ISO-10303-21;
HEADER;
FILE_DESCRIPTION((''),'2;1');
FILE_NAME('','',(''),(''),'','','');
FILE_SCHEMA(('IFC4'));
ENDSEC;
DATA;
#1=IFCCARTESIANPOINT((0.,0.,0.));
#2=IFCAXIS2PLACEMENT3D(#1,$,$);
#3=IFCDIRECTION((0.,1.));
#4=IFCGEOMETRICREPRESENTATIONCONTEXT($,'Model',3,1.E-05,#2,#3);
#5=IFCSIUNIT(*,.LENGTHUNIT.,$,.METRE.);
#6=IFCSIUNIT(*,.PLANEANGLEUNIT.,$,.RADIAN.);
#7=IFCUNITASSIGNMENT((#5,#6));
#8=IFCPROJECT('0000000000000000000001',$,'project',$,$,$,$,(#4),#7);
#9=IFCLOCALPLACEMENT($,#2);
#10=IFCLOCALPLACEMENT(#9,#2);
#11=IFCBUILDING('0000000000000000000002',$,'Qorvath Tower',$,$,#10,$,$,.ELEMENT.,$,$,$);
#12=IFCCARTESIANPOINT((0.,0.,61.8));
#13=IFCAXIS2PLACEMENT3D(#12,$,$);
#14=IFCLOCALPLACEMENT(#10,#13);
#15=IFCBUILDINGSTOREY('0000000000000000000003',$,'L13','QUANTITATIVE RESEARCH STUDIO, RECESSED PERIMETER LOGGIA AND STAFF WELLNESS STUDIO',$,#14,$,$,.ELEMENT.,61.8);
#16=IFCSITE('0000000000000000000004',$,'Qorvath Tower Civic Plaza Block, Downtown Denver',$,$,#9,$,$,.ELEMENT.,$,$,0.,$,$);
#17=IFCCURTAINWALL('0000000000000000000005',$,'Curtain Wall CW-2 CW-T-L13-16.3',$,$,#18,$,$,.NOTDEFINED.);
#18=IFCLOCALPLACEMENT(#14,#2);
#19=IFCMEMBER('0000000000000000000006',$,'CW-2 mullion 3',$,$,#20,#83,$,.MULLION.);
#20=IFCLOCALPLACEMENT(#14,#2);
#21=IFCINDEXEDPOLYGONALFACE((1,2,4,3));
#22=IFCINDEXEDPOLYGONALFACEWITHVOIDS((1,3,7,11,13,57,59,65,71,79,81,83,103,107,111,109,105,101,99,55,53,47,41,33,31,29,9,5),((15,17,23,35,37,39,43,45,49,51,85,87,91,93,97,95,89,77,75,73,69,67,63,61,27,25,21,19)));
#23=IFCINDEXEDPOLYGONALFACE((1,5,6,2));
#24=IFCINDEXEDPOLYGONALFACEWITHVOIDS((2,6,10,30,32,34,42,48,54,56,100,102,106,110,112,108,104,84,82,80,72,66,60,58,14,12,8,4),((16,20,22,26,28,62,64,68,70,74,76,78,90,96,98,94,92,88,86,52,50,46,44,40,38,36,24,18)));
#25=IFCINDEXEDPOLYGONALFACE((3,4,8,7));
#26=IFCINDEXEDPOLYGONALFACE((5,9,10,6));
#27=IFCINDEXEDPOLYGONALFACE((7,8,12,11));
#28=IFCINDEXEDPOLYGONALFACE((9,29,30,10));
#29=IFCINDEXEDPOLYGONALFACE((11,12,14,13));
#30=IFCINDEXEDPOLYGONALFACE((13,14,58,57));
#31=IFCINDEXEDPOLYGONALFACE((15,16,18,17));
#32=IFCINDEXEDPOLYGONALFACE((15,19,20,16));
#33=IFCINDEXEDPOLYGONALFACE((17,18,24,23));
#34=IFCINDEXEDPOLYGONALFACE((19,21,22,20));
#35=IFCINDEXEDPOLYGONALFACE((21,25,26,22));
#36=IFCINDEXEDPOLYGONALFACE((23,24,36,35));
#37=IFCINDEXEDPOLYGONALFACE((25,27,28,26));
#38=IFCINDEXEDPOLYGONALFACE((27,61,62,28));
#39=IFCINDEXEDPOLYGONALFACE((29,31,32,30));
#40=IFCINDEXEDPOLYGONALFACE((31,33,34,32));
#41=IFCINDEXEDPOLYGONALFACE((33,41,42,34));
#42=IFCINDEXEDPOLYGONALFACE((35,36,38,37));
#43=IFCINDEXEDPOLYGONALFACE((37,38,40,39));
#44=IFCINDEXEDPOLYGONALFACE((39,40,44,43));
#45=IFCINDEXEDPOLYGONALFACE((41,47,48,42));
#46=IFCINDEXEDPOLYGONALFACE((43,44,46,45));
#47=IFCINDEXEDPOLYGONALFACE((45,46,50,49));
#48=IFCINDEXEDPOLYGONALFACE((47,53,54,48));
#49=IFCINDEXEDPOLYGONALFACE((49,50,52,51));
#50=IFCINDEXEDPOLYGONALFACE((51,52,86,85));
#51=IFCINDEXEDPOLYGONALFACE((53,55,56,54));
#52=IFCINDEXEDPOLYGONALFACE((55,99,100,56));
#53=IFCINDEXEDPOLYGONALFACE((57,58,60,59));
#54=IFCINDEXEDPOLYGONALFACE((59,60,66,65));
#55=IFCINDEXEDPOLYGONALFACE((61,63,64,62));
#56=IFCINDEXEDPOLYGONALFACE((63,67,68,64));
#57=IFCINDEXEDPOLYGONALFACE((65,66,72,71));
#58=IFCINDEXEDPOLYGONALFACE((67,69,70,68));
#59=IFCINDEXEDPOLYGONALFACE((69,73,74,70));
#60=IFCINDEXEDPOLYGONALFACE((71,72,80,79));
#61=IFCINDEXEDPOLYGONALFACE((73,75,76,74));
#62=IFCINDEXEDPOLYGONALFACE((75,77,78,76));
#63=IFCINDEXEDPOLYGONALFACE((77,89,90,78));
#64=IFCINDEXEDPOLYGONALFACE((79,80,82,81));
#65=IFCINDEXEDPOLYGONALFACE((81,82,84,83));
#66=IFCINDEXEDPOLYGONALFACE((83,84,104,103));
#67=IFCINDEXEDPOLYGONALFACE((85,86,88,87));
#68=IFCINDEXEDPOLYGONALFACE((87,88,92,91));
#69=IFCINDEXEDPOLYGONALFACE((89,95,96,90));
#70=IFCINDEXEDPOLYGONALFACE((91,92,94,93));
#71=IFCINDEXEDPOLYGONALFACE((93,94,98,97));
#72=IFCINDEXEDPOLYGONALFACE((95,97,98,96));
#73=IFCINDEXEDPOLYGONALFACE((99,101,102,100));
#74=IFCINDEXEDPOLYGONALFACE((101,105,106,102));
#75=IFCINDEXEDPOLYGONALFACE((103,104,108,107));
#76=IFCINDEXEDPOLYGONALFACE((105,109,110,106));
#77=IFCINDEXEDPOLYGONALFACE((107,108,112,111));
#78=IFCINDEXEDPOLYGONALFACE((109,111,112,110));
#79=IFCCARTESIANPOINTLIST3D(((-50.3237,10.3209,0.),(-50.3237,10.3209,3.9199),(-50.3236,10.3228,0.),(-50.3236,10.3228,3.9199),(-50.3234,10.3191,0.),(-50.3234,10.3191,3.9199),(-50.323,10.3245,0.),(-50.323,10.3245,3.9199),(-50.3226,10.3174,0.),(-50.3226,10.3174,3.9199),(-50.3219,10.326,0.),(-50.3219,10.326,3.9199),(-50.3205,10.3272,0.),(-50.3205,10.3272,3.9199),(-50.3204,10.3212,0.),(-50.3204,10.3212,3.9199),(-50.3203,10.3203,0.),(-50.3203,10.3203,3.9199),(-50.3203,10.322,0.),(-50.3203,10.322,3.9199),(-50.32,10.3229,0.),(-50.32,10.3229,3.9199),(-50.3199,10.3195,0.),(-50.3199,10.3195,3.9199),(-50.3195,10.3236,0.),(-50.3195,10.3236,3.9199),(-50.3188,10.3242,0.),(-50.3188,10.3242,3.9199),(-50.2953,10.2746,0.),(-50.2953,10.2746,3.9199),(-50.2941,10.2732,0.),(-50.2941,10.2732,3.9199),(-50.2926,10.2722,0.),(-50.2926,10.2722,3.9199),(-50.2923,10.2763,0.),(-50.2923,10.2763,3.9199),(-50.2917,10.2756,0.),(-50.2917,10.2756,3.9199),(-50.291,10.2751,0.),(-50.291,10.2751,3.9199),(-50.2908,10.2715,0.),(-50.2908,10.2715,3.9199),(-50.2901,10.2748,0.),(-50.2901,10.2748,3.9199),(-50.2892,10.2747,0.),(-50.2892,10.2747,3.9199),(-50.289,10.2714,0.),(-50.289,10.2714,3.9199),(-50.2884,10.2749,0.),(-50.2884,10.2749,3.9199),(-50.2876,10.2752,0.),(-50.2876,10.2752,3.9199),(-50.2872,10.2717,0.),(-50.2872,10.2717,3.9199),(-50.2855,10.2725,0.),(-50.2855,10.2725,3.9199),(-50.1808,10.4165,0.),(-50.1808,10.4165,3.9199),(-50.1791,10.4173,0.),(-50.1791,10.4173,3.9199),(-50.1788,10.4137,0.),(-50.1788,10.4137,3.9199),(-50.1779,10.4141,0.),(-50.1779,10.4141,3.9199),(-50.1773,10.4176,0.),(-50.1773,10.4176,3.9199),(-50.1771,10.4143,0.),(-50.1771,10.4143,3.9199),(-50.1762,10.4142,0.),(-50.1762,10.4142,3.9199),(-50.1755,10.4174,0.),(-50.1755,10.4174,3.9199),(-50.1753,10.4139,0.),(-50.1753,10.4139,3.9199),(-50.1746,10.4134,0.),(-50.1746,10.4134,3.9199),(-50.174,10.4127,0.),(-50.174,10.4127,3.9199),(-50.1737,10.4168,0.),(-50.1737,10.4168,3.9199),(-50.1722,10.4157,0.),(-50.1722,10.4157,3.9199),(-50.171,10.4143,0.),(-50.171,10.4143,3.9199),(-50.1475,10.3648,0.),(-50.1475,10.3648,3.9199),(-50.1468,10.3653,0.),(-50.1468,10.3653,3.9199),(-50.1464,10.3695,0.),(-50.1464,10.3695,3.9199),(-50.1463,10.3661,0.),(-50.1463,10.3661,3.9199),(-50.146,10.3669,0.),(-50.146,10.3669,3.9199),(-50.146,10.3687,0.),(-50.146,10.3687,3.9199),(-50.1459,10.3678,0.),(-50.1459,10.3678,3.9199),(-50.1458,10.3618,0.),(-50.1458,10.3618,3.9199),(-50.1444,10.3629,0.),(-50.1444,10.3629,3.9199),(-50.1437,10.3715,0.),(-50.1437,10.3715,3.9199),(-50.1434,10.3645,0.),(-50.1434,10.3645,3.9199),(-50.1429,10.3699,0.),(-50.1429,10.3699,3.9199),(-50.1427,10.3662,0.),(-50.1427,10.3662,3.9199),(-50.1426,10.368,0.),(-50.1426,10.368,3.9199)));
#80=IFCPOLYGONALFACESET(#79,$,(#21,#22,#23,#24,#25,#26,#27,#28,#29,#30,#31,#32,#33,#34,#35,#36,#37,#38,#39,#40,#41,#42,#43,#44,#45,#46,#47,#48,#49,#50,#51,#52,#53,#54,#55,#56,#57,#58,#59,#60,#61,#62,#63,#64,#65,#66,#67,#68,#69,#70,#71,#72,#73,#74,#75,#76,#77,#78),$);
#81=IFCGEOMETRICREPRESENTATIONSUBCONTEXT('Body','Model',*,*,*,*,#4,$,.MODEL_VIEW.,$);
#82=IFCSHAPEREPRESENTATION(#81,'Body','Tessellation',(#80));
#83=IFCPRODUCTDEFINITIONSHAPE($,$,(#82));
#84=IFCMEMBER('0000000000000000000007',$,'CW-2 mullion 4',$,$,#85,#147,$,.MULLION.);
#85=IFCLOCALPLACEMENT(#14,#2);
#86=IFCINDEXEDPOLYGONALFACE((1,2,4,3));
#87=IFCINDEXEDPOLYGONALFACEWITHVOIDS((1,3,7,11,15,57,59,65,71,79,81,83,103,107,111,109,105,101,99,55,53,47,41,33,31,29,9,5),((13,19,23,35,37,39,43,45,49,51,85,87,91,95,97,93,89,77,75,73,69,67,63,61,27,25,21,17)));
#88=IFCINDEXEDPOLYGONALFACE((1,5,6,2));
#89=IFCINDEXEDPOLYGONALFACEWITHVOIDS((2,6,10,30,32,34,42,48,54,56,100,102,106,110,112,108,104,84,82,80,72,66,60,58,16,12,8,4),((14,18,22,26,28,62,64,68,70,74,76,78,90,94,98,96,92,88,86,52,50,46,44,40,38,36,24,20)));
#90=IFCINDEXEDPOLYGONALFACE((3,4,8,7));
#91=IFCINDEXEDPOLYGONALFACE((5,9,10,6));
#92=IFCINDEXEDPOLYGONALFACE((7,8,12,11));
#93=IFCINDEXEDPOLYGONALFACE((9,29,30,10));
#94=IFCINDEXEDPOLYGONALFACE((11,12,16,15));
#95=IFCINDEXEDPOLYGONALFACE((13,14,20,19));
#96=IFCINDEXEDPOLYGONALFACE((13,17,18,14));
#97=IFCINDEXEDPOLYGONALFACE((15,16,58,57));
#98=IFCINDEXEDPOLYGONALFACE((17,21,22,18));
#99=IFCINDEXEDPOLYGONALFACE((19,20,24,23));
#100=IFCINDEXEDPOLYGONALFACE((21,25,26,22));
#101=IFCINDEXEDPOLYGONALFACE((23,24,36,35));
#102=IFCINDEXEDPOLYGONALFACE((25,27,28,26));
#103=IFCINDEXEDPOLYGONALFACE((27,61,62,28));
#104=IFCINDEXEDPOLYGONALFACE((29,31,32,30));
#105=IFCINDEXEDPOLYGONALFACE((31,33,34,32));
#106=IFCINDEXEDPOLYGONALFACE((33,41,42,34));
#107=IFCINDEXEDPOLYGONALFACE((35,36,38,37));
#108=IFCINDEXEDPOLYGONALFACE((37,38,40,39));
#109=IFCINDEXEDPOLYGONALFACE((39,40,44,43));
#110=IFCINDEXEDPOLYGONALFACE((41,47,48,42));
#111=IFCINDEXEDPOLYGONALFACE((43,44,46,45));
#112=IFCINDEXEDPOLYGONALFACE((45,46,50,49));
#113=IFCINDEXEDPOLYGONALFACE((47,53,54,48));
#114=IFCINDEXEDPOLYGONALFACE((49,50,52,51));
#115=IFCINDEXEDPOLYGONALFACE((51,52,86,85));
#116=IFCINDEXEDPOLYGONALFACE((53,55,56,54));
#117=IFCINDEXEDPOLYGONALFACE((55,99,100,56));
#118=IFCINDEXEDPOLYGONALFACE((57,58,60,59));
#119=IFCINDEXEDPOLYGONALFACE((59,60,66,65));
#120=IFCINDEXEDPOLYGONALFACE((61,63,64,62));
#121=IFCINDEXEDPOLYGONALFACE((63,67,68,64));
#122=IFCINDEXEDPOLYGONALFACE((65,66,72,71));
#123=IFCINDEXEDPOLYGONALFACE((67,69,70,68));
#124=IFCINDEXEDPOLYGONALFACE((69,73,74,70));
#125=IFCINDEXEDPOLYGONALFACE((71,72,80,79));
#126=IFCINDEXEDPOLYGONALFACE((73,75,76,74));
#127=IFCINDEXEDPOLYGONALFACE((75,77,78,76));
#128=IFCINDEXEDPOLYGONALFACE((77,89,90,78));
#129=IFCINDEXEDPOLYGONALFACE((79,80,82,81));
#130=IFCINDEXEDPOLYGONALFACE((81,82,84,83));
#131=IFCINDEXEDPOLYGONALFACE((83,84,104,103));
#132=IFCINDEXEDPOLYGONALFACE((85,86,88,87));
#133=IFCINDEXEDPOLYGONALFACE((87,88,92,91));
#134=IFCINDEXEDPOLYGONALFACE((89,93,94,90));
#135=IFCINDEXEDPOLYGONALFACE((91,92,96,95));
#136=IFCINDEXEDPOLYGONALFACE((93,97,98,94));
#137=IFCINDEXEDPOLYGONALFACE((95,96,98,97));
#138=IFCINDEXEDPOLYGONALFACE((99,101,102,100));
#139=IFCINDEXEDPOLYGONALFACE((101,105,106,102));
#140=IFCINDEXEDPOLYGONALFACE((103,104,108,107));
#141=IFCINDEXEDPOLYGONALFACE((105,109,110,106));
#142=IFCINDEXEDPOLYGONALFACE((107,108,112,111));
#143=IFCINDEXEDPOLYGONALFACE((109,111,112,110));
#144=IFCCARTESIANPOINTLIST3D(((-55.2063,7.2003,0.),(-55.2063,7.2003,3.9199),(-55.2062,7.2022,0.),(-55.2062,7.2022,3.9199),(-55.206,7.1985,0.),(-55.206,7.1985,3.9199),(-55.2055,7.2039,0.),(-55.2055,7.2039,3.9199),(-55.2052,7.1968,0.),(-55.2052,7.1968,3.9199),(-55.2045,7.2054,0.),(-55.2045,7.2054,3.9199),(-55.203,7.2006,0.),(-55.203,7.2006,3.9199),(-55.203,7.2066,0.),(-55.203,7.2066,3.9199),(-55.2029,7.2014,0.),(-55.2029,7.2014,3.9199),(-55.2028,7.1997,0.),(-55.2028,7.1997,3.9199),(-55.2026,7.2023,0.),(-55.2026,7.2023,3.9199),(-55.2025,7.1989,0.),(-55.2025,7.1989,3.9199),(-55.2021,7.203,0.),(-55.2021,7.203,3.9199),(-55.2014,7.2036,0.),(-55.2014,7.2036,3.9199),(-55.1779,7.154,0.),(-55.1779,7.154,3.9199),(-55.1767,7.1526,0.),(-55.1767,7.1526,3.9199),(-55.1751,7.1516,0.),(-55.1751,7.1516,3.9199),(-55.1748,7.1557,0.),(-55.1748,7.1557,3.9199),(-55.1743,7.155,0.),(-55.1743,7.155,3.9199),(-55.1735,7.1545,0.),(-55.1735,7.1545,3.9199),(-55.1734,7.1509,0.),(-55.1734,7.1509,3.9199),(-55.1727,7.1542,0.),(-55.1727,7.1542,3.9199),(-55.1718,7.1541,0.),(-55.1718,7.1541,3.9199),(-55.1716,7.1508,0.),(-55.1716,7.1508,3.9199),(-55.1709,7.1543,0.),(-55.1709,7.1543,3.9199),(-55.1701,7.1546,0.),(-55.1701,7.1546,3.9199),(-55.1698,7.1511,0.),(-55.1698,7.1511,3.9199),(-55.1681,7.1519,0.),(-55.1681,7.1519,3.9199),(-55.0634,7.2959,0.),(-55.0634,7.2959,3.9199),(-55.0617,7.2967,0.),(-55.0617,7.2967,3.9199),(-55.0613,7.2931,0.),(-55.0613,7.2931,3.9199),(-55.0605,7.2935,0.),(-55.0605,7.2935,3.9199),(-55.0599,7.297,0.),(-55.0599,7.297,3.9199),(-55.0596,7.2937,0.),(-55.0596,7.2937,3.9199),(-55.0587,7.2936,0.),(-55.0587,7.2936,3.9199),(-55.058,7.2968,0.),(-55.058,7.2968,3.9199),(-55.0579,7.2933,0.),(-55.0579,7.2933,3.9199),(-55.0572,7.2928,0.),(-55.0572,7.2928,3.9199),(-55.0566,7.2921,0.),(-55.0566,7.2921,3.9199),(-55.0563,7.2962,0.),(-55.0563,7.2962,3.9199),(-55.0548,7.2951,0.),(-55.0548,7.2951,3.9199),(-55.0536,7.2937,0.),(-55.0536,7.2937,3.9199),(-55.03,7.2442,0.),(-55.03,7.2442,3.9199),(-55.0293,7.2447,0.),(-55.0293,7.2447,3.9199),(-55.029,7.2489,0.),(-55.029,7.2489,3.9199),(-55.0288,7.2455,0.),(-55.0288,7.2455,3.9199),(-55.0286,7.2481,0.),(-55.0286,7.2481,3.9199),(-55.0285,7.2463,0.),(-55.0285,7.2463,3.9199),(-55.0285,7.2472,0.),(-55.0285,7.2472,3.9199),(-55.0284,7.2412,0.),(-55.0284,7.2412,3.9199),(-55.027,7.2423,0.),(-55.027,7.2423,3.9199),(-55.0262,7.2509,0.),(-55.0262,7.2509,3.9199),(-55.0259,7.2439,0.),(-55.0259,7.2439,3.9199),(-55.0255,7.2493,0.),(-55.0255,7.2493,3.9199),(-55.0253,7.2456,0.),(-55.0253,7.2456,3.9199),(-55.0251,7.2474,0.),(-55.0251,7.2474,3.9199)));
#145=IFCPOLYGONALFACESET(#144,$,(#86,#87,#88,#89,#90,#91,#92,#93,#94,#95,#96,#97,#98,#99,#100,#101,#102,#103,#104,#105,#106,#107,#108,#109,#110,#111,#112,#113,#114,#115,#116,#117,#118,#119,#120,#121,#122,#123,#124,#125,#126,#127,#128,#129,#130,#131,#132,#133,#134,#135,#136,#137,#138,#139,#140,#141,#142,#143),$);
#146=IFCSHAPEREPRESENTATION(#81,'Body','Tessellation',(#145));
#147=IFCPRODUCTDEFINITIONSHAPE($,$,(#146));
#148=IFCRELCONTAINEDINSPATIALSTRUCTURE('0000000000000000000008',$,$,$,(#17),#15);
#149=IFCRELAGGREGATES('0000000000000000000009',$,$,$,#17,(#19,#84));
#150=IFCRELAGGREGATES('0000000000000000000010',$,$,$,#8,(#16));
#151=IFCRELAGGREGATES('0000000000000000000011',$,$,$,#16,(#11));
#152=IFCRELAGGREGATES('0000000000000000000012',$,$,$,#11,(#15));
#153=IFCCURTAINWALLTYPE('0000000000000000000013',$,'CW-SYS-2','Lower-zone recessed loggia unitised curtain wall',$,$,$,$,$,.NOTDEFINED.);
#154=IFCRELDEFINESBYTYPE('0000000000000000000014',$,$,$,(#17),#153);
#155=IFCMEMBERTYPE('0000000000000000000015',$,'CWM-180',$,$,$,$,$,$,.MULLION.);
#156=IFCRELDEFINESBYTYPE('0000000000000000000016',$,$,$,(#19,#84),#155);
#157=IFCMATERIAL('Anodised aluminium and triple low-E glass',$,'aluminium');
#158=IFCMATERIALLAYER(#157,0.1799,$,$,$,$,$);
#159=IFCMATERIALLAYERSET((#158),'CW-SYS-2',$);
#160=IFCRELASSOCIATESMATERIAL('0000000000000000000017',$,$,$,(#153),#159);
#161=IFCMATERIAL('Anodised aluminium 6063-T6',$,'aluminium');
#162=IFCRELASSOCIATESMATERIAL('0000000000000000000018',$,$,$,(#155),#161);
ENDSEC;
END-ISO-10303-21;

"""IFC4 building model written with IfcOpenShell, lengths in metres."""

from ifc_helpers import new_model, si_unit, direction, frame, origin, origin_2d, place, context, subcontext, project, spatial, hollow_rectangle, extrude, material, layer, layer_set, material_profile, profile_set, type_object, element, aggregate, save


model = new_model("IFC4")

# Units and contexts
model_context = context("Model", 3, precision=1e-05, world=origin(), true_north=direction((0.0, 1.0)))
body_context = subcontext(model_context, "Body", "Model", "MODEL_VIEW")
ifc_project = project(units=[si_unit("LENGTHUNIT", "METRE"), si_unit("PLANEANGLEUNIT", "RADIAN")], contexts=[model_context])

# Site, building, storey
site_placement = place(None, origin())
site = spatial("IfcSite", under=ifc_project, at=site_placement, Name="Qorvath Tower Civic Plaza Block, Downtown Denver", CompositionType="ELEMENT", RefElevation=0.0)
building_placement = place(site_placement, origin())
building = spatial("IfcBuilding", under=site, at=building_placement, Name="Qorvath Tower", CompositionType="ELEMENT")
storey_placement = place(building_placement, frame((0.0, 0.0, 61.8)))
storey = spatial("IfcBuildingStorey", under=building, at=storey_placement, Name="L13", Description="QUANTITATIVE RESEARCH STUDIO, RECESSED PERIMETER LOGGIA AND STAFF WELLNESS STUDIO", CompositionType="ELEMENT", Elevation=61.8)

# Curtain wall, members
ifc_material_1 = material(Name="Anodised aluminium and triple low-E glass", Category="aluminium")
ifc_layer_1 = layer(ifc_material_1, 0.1799)
ifc_layer_set_1 = layer_set([ifc_layer_1], Name="CW-SYS-2")
curtain_wall_type = type_object("IfcCurtainWallType", Name="CW-SYS-2", Description="Lower-zone recessed loggia unitised curtain wall", PredefinedType="NOTDEFINED", material=ifc_layer_set_1)
curtain_wall_placement = place(storey_placement, origin())
curtain_wall = element("IfcCurtainWall", 1, at=curtain_wall_placement, inside=storey, type_object=curtain_wall_type, Name="Curtain Wall CW-2 CW-T-L13-16.3", PredefinedType="NOTDEFINED")
ifc_material_2 = material(Name="Anodised aluminium 6063-T6", Category="aluminium")
ifc_material_profile_1 = material_profile(ifc_material_2, hollow_rectangle(XDim=0.0649, YDim=0.1799, WallThickness=0.0034, InnerFilletRadius=0.0034, OuterFilletRadius=0.0071, at=origin_2d()), Name="CWM 180x65")
ifc_profile_set_1 = profile_set([ifc_material_profile_1], Name="Anodised aluminium 6063-T6")
member_type_1 = type_object("IfcMemberType", Name="CWM-180", PredefinedType="MULLION", material=ifc_profile_set_1)
member_1_placement = place(storey_placement, frame((-50.2332, 10.3445, 0.0), z_axis=(0.0, 0.0, 1.0), x_axis=(0.53853, -0.842607, 0.0)))
member_1 = element("IfcMember", 2, at=member_1_placement, type_object=member_type_1, Name="CW-2 mullion 3", PredefinedType="MULLION", context=body_context, shape_type="SweptSolid", body=[
    extrude(hollow_rectangle(XDim=0.0649, YDim=0.1799, WallThickness=0.0034, InnerFilletRadius=0.0034, OuterFilletRadius=0.0071, at=origin_2d()), origin(), (0.0, 0.0, 1.0), 3.9199),
])
member_2_placement = place(storey_placement, frame((-55.1157, 7.2239, 0.0), z_axis=(0.0, 0.0, 1.0), x_axis=(0.53853, -0.842607, 0.0)))
member_2 = element("IfcMember", 3, at=member_2_placement, type_object=member_type_1, Name="CW-2 mullion 4", PredefinedType="MULLION", context=body_context, shape_type="SweptSolid", body=[
    extrude(hollow_rectangle(XDim=0.0649, YDim=0.1799, WallThickness=0.0034, InnerFilletRadius=0.0034, OuterFilletRadius=0.0071, at=origin_2d()), origin(), (0.0, 0.0, 1.0), 3.9199),
])

aggregate(curtain_wall, [member_1, member_2])

save(model, "model.ifc")
